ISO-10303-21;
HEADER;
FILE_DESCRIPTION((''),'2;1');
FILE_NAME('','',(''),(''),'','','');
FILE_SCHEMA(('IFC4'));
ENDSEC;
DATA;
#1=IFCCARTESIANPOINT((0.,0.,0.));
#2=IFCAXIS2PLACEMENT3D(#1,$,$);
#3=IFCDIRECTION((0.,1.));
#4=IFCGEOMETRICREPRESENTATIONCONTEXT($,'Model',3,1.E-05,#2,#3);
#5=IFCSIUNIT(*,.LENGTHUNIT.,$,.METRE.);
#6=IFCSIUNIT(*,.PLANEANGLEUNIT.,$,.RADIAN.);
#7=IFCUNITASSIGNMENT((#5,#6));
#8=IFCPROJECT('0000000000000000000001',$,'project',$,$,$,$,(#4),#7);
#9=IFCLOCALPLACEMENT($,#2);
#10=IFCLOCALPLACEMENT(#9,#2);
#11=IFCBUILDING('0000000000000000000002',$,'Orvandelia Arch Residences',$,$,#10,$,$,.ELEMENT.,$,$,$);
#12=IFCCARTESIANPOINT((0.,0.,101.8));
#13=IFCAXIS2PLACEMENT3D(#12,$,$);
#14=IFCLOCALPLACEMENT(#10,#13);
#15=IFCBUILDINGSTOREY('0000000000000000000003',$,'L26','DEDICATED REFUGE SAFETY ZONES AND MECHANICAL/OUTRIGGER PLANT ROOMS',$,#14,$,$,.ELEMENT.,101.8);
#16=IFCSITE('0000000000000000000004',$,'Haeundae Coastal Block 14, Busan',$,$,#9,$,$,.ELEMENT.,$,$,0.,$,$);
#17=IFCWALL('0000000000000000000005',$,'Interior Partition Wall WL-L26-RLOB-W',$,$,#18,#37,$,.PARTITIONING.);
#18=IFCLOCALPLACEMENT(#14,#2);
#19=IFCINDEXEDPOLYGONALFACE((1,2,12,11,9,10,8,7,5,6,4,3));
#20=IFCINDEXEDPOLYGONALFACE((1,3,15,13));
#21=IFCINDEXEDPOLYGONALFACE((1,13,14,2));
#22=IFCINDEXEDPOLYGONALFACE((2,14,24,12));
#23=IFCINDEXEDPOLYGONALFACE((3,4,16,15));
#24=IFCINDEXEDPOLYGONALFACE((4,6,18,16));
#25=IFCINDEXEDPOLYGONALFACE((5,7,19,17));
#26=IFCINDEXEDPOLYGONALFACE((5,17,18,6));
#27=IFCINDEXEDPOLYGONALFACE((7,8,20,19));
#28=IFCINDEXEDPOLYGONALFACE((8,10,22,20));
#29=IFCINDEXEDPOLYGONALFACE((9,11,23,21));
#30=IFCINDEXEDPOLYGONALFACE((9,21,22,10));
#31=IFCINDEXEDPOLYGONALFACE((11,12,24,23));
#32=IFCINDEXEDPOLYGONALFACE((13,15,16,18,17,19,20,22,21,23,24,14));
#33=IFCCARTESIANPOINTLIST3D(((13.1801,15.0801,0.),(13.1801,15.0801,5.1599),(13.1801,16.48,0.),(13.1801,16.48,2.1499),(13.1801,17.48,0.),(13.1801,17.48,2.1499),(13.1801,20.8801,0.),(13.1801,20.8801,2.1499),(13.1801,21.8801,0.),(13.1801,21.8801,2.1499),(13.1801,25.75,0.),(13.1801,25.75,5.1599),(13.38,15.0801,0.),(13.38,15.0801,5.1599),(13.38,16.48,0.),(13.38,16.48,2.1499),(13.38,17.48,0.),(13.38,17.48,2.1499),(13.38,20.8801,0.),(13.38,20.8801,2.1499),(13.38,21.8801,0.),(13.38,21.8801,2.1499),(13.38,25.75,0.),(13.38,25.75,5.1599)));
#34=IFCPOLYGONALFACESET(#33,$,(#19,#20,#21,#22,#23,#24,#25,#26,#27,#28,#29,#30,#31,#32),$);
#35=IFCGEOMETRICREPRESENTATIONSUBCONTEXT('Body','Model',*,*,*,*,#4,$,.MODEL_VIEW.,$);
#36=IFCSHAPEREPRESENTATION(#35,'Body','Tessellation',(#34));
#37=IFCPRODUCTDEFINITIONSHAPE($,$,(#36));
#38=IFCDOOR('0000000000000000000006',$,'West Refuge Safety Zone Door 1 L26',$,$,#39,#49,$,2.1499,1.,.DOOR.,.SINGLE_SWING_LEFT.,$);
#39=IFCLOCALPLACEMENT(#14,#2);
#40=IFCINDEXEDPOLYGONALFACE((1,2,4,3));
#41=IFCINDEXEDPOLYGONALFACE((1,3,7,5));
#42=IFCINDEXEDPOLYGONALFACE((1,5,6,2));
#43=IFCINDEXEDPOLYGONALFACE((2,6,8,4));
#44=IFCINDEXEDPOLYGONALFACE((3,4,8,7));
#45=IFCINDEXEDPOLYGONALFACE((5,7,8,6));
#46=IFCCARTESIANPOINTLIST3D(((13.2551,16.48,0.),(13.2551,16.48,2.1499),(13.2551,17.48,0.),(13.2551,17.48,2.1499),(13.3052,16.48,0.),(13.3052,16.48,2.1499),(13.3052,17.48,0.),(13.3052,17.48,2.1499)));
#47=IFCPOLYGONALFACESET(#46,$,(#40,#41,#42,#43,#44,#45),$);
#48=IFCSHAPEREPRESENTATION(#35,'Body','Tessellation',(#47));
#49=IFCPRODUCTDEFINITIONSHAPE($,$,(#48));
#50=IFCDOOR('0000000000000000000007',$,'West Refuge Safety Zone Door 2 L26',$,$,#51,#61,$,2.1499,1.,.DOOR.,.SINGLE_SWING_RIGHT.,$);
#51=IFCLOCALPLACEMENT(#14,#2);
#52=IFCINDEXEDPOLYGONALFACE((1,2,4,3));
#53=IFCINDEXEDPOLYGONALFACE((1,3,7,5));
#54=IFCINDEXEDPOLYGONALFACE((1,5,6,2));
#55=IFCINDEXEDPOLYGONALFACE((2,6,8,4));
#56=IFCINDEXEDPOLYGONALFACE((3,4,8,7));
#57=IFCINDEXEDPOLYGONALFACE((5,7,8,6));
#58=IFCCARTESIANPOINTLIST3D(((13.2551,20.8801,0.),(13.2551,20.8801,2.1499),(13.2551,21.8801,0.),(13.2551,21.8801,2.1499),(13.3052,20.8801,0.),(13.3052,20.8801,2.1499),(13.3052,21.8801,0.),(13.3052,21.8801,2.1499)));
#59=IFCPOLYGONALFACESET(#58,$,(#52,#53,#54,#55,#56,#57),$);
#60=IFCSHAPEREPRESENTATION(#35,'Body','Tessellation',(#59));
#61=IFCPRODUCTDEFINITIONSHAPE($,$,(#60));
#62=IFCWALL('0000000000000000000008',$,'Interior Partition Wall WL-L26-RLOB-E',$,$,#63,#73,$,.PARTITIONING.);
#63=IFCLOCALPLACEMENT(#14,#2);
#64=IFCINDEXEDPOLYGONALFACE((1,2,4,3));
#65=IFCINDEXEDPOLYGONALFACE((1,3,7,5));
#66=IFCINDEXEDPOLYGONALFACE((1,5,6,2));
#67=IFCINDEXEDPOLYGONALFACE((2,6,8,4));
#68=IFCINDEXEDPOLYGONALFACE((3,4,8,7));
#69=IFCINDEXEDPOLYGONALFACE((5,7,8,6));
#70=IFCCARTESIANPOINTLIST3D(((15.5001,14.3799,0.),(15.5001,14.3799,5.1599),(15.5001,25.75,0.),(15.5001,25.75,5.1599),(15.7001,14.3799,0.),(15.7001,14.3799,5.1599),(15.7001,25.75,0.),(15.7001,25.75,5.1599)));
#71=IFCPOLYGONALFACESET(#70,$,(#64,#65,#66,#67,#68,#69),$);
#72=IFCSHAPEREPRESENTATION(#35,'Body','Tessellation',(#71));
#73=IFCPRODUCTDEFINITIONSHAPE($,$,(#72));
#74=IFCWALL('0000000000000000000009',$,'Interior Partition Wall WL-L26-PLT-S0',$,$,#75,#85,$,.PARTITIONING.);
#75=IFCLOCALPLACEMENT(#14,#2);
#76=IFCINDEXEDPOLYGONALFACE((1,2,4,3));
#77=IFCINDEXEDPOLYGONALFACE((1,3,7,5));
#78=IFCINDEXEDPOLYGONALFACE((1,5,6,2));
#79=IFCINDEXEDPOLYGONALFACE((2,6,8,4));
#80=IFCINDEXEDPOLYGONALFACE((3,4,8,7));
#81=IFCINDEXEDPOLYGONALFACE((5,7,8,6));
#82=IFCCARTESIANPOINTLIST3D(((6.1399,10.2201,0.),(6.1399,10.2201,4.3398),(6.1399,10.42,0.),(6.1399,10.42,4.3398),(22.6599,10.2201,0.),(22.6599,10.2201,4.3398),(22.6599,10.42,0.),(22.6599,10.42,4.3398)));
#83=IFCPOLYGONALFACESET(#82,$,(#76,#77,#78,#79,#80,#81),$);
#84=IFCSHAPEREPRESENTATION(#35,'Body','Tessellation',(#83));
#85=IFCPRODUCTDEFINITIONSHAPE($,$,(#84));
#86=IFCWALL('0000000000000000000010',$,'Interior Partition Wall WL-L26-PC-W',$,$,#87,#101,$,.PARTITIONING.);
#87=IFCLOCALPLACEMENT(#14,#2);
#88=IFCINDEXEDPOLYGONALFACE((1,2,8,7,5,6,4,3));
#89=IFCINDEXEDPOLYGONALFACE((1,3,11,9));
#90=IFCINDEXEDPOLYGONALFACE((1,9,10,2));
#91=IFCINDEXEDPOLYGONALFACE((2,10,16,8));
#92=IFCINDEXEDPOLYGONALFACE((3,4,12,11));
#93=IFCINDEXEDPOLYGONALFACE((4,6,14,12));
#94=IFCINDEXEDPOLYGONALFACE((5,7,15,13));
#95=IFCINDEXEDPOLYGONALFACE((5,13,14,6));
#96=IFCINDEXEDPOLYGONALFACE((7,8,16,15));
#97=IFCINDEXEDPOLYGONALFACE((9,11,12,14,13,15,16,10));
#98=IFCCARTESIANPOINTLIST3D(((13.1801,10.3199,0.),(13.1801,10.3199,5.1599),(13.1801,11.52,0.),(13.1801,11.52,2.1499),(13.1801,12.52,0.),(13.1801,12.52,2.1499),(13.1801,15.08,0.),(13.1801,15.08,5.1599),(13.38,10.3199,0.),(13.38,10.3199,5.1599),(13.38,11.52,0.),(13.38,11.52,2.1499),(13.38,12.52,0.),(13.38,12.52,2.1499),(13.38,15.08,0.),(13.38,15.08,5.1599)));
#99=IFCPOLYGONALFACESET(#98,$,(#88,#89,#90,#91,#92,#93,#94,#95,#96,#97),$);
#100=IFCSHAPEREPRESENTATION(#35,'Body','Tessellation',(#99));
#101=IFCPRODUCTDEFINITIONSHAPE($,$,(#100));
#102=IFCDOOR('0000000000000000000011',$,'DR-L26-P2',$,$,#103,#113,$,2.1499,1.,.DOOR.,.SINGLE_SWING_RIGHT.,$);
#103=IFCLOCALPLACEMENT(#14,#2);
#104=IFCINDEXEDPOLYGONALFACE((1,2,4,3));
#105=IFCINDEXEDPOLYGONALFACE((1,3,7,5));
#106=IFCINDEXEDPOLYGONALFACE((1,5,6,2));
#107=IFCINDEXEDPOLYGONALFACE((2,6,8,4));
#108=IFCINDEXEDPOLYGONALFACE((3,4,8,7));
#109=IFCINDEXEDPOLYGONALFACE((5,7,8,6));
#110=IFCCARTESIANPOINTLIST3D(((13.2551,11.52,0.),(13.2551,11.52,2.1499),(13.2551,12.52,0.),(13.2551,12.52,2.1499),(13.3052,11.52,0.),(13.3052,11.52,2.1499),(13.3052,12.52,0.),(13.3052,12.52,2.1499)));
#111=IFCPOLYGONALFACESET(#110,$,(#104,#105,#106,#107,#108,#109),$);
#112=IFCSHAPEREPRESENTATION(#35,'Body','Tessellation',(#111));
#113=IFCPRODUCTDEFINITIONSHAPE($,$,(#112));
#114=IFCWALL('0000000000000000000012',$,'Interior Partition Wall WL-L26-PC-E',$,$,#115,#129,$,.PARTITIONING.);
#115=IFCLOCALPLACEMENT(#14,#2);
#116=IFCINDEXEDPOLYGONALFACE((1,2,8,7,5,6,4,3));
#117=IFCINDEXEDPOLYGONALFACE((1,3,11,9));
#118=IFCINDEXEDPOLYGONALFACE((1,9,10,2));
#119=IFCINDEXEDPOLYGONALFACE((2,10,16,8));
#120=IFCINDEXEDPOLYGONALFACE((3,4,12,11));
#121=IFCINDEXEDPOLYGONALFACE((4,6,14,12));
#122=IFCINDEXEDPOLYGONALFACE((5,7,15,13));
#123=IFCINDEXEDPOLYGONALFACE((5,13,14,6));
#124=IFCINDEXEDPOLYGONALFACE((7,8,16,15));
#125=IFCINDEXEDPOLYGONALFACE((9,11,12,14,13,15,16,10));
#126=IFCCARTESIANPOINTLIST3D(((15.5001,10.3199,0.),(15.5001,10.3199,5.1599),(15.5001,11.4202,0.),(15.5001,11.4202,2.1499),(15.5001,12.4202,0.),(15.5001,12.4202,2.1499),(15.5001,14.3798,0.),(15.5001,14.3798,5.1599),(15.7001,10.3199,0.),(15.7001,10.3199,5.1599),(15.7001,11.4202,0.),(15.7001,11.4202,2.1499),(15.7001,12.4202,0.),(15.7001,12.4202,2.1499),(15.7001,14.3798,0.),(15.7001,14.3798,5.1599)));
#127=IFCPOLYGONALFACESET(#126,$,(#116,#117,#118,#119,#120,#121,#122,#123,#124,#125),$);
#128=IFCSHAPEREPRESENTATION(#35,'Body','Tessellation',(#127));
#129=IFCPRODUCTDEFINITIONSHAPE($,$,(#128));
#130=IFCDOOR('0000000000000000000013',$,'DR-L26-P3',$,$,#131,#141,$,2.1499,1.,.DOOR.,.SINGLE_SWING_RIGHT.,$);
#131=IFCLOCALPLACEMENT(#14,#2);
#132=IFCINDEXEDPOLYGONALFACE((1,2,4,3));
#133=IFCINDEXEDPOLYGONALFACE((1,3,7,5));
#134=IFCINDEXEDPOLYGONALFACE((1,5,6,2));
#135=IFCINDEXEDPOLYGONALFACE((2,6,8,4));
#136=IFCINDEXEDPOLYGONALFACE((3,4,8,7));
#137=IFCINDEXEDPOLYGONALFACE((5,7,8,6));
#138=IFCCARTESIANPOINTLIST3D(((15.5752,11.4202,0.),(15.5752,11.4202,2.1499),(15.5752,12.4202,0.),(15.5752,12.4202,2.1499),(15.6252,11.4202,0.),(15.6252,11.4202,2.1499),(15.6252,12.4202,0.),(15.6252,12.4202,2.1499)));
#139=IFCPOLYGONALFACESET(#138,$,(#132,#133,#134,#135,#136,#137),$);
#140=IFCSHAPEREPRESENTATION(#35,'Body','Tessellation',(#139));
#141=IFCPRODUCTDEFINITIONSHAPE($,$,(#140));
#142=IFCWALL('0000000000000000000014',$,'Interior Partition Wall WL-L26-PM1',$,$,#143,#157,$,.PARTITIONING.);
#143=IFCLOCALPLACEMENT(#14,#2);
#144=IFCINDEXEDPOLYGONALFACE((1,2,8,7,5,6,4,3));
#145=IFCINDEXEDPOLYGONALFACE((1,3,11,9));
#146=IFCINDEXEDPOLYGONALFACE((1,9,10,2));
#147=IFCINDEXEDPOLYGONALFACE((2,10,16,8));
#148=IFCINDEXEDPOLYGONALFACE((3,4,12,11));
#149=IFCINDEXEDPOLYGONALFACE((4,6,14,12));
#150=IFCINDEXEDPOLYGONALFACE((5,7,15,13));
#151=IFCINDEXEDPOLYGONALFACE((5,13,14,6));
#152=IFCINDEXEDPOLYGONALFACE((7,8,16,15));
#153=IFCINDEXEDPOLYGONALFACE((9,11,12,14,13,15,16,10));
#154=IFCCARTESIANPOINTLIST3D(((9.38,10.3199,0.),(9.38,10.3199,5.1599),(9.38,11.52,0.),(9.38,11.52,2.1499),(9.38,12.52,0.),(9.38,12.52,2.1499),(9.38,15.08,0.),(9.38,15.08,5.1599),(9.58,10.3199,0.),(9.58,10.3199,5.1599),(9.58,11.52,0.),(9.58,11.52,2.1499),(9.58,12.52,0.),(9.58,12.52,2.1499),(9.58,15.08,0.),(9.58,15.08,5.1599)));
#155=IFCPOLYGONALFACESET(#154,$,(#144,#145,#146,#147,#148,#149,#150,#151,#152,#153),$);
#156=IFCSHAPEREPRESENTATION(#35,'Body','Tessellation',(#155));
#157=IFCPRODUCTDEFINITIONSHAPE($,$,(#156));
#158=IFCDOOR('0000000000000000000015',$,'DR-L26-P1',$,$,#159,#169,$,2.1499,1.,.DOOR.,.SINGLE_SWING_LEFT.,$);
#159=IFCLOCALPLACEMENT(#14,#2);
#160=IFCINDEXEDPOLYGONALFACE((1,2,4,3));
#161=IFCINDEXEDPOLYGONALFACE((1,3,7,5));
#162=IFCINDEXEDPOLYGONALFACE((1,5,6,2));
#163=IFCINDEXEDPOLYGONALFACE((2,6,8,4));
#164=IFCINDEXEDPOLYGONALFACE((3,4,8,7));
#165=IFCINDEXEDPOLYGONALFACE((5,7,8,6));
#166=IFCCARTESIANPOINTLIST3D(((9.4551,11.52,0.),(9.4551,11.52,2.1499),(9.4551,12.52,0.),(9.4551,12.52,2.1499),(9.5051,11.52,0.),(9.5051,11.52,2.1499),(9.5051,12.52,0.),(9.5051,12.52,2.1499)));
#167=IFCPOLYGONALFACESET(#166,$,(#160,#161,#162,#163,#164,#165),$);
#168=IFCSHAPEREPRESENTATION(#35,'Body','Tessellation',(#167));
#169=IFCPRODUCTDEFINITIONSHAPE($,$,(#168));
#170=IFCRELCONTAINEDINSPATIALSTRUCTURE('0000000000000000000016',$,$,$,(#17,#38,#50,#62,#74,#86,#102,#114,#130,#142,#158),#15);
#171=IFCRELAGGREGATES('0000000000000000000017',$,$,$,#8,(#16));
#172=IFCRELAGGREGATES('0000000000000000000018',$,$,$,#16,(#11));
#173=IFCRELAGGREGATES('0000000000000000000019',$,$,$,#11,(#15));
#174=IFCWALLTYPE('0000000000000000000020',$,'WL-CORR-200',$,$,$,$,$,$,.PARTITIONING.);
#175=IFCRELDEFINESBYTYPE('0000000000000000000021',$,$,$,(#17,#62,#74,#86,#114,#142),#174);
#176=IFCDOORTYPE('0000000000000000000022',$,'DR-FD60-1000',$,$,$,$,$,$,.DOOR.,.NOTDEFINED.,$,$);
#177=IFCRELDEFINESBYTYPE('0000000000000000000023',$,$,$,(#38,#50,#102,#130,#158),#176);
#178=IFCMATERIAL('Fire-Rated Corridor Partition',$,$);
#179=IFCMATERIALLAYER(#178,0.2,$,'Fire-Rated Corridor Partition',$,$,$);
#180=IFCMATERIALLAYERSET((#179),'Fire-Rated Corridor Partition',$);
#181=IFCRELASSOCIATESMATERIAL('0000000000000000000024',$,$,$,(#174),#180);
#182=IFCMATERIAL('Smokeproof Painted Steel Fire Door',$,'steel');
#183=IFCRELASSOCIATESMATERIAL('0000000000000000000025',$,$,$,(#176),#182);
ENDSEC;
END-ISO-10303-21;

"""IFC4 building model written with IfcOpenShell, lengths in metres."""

from ifc_helpers import new_model, si_unit, direction, frame, frame_2d, origin, place, context, subcontext, project, spatial, rectangle, extrude, material, layer, layer_set, type_object, element, fill, save


model = new_model("IFC4")

# Units and contexts
model_context = context("Model", 3, precision=1e-05, world=origin(), true_north=direction((0.0, 1.0)))
body_context = subcontext(model_context, "Body", "Model", "MODEL_VIEW")
ifc_project = project(units=[si_unit("LENGTHUNIT", "METRE"), si_unit("PLANEANGLEUNIT", "RADIAN")], contexts=[model_context])

# Site, building, storey
site_placement = place(None, origin())
site = spatial("IfcSite", under=ifc_project, at=site_placement, Name="Haeundae Coastal Block 14, Busan", CompositionType="ELEMENT", RefElevation=0.0)
building_placement = place(site_placement, origin())
building = spatial("IfcBuilding", under=site, at=building_placement, Name="Orvandelia Arch Residences", CompositionType="ELEMENT")
storey_placement = place(building_placement, frame((0.0, 0.0, 101.8)))
storey = spatial("IfcBuildingStorey", under=building, at=storey_placement, Name="L26", Description="DEDICATED REFUGE SAFETY ZONES AND MECHANICAL/OUTRIGGER PLANT ROOMS", CompositionType="ELEMENT", Elevation=101.8)

# Shared definitions
ifc_material_1 = material(Name="Fire-Rated Corridor Partition")
ifc_layer_1 = layer(ifc_material_1, 0.2, Name="Fire-Rated Corridor Partition")
ifc_layer_set_1 = layer_set([ifc_layer_1], Name="Fire-Rated Corridor Partition")
wall_type_1 = type_object("IfcWallType", Name="WL-CORR-200", PredefinedType="PARTITIONING", material=ifc_layer_set_1)
ifc_material_2 = material(Name="Smokeproof Painted Steel Fire Door", Category="steel")
door_type = type_object("IfcDoorType", Name="DR-FD60-1000", OperationType="NOTDEFINED", PredefinedType="DOOR", material=ifc_material_2)

# Wall, openings, doors
wall_1_placement = place(storey_placement, frame((13.28, 15.0801, 0.0), z_axis=(0.0, 0.0, 1.0), x_axis=(0.0, 1.0, 0.0)))
wall_1 = element("IfcWall", 1, at=wall_1_placement, inside=storey, type_object=wall_type_1, Name="Interior Partition Wall WL-L26-RLOB-W", PredefinedType="PARTITIONING", context=body_context, shape_type="SweptSolid", body=[
    extrude(rectangle(XDim=10.6699, YDim=0.2, at=frame_2d((5.335, 0.0))), origin(), (0.0, 0.0, 1.0), 5.1599),
])
opening_1_placement = place(wall_1_placement, frame((1.3999, 0.0, 0.0)))
opening_1 = element("IfcOpeningElement", 2, at=opening_1_placement, cuts=wall_1, PredefinedType="OPENING", context=body_context, shape_type="SweptSolid", body=[
    extrude(rectangle(XDim=1.0, YDim=2.1499, at=frame_2d((0.5, 1.075))), frame((0.0, 0.1099, 0.0), z_axis=(0.0, -1.0, 0.0), x_axis=(1.0, 0.0, 0.0)), (0.0, 0.0, 1.0), 0.22),
])
opening_2_placement = place(wall_1_placement, frame((5.8, 0.0, 0.0)))
opening_2 = element("IfcOpeningElement", 3, at=opening_2_placement, cuts=wall_1, PredefinedType="OPENING", context=body_context, shape_type="SweptSolid", body=[
    extrude(rectangle(XDim=1.0, YDim=2.1499, at=frame_2d((0.5, 1.075))), frame((0.0, 0.1099, 0.0), z_axis=(0.0, -1.0, 0.0), x_axis=(1.0, 0.0, 0.0)), (0.0, 0.0, 1.0), 0.22),
])
door_1_placement = place(opening_1_placement, origin())
door_1 = element("IfcDoor", 4, at=door_1_placement, inside=storey, type_object=door_type, Name="West Refuge Safety Zone Door 1 L26", OperationType="SINGLE_SWING_LEFT", OverallHeight=2.1499, OverallWidth=1.0, PredefinedType="DOOR", context=body_context, shape_type="SweptSolid", body=[
    extrude(rectangle(XDim=1.0, YDim=2.1499, at=frame_2d((0.5, 1.075))), frame((0.0, 0.0249, 0.0), z_axis=(0.0, -1.0, 0.0), x_axis=(1.0, 0.0, 0.0)), (0.0, 0.0, 1.0), 0.05),
])
fill(opening_1, door_1)
door_2_placement = place(opening_2_placement, origin())
door_2 = element("IfcDoor", 5, at=door_2_placement, inside=storey, type_object=door_type, Name="West Refuge Safety Zone Door 2 L26", OperationType="SINGLE_SWING_RIGHT", OverallHeight=2.1499, OverallWidth=1.0, PredefinedType="DOOR", context=body_context, shape_type="SweptSolid", body=[
    extrude(rectangle(XDim=1.0, YDim=2.1499, at=frame_2d((0.5, 1.075))), frame((0.0, 0.0249, 0.0), z_axis=(0.0, -1.0, 0.0), x_axis=(1.0, 0.0, 0.0)), (0.0, 0.0, 1.0), 0.05),
])
fill(opening_2, door_2)

# Walls
wall_2_placement = place(storey_placement, frame((15.6001, 14.3799, 0.0), z_axis=(0.0, 0.0, 1.0), x_axis=(0.0, 1.0, 0.0)))
element("IfcWall", 6, at=wall_2_placement, inside=storey, type_object=wall_type_1, Name="Interior Partition Wall WL-L26-RLOB-E", PredefinedType="PARTITIONING", context=body_context, shape_type="SweptSolid", body=[
    extrude(rectangle(XDim=11.3701, YDim=0.2, at=frame_2d((5.6851, 0.0))), origin(), (0.0, 0.0, 1.0), 5.1599),
])
wall_3_placement = place(storey_placement, frame((6.1399, 10.3201, 0.0), z_axis=(0.0, 0.0, 1.0), x_axis=(1.0, 0.0, 0.0)))
element("IfcWall", 7, at=wall_3_placement, inside=storey, type_object=wall_type_1, Name="Interior Partition Wall WL-L26-PLT-S0", PredefinedType="PARTITIONING", context=body_context, shape_type="SweptSolid", body=[
    extrude(rectangle(XDim=16.52, YDim=0.2, at=frame_2d((8.26, 0.0))), origin(), (0.0, 0.0, 1.0), 4.3398),
])

# Walls, openings, doors
wall_4_placement = place(storey_placement, frame((13.28, 10.3201, 0.0), z_axis=(0.0, 0.0, 1.0), x_axis=(0.0, 1.0, 0.0)))
wall_4 = element("IfcWall", 8, at=wall_4_placement, inside=storey, type_object=wall_type_1, Name="Interior Partition Wall WL-L26-PC-W", PredefinedType="PARTITIONING", context=body_context, shape_type="SweptSolid", body=[
    extrude(rectangle(XDim=4.76, YDim=0.2, at=frame_2d((2.3799, 0.0))), origin(), (0.0, 0.0, 1.0), 5.1599),
])
opening_3_placement = place(wall_4_placement, frame((1.2, 0.0, 0.0)))
opening_3 = element("IfcOpeningElement", 9, at=opening_3_placement, cuts=wall_4, PredefinedType="OPENING", context=body_context, shape_type="SweptSolid", body=[
    extrude(rectangle(XDim=1.0, YDim=2.1499, at=frame_2d((0.5, 1.075))), frame((0.0, 0.1099, 0.0), z_axis=(0.0, -1.0, 0.0), x_axis=(1.0, 0.0, 0.0)), (0.0, 0.0, 1.0), 0.22),
])
door_3_placement = place(opening_3_placement, origin())
door_3 = element("IfcDoor", 10, at=door_3_placement, inside=storey, type_object=door_type, Name="DR-L26-P2", OperationType="SINGLE_SWING_RIGHT", OverallHeight=2.1499, OverallWidth=1.0, PredefinedType="DOOR", context=body_context, shape_type="SweptSolid", body=[
    extrude(rectangle(XDim=1.0, YDim=2.1499, at=frame_2d((0.5, 1.075))), frame((0.0, 0.0249, 0.0), z_axis=(0.0, -1.0, 0.0), x_axis=(1.0, 0.0, 0.0)), (0.0, 0.0, 1.0), 0.05),
])
fill(opening_3, door_3)
wall_5_placement = place(storey_placement, frame((15.6001, 10.3201, 0.0), z_axis=(0.0, 0.0, 1.0), x_axis=(0.0, 1.0, 0.0)))
wall_5 = element("IfcWall", 11, at=wall_5_placement, inside=storey, type_object=wall_type_1, Name="Interior Partition Wall WL-L26-PC-E", PredefinedType="PARTITIONING", context=body_context, shape_type="SweptSolid", body=[
    extrude(rectangle(XDim=4.0598, YDim=0.2, at=frame_2d((2.0298, 0.0))), origin(), (0.0, 0.0, 1.0), 5.1599),
])
opening_4_placement = place(wall_5_placement, frame((1.1001, 0.0, 0.0)))
opening_4 = element("IfcOpeningElement", 12, at=opening_4_placement, cuts=wall_5, PredefinedType="OPENING", context=body_context, shape_type="SweptSolid", body=[
    extrude(rectangle(XDim=1.0, YDim=2.1499, at=frame_2d((0.5, 1.075))), frame((0.0, 0.1099, 0.0), z_axis=(0.0, -1.0, 0.0), x_axis=(1.0, 0.0, 0.0)), (0.0, 0.0, 1.0), 0.22),
])
door_4_placement = place(opening_4_placement, origin())
door_4 = element("IfcDoor", 13, at=door_4_placement, inside=storey, type_object=door_type, Name="DR-L26-P3", OperationType="SINGLE_SWING_RIGHT", OverallHeight=2.1499, OverallWidth=1.0, PredefinedType="DOOR", context=body_context, shape_type="SweptSolid", body=[
    extrude(rectangle(XDim=1.0, YDim=2.1499, at=frame_2d((0.5, 1.075))), frame((0.0, 0.0249, 0.0), z_axis=(0.0, -1.0, 0.0), x_axis=(1.0, 0.0, 0.0)), (0.0, 0.0, 1.0), 0.05),
])
fill(opening_4, door_4)
wall_6_placement = place(storey_placement, frame((9.48, 10.3201, 0.0), z_axis=(0.0, 0.0, 1.0), x_axis=(0.0, 1.0, 0.0)))
wall_6 = element("IfcWall", 14, at=wall_6_placement, inside=storey, type_object=wall_type_1, Name="Interior Partition Wall WL-L26-PM1", PredefinedType="PARTITIONING", context=body_context, shape_type="SweptSolid", body=[
    extrude(rectangle(XDim=4.76, YDim=0.2, at=frame_2d((2.3799, 0.0))), origin(), (0.0, 0.0, 1.0), 5.1599),
])
opening_5_placement = place(wall_6_placement, frame((1.2, 0.0, 0.0)))
opening_5 = element("IfcOpeningElement", 15, at=opening_5_placement, cuts=wall_6, PredefinedType="OPENING", context=body_context, shape_type="SweptSolid", body=[
    extrude(rectangle(XDim=1.0, YDim=2.1499, at=frame_2d((0.5, 1.075))), frame((0.0, 0.1099, 0.0), z_axis=(0.0, -1.0, 0.0), x_axis=(1.0, 0.0, 0.0)), (0.0, 0.0, 1.0), 0.22),
])
door_5_placement = place(opening_5_placement, origin())
door_5 = element("IfcDoor", 16, at=door_5_placement, inside=storey, type_object=door_type, Name="DR-L26-P1", OperationType="SINGLE_SWING_LEFT", OverallHeight=2.1499, OverallWidth=1.0, PredefinedType="DOOR", context=body_context, shape_type="SweptSolid", body=[
    extrude(rectangle(XDim=1.0, YDim=2.1499, at=frame_2d((0.5, 1.075))), frame((0.0, 0.0249, 0.0), z_axis=(0.0, -1.0, 0.0), x_axis=(1.0, 0.0, 0.0)), (0.0, 0.0, 1.0), 0.05),
])
fill(opening_5, door_5)

save(model, "model.ifc")
